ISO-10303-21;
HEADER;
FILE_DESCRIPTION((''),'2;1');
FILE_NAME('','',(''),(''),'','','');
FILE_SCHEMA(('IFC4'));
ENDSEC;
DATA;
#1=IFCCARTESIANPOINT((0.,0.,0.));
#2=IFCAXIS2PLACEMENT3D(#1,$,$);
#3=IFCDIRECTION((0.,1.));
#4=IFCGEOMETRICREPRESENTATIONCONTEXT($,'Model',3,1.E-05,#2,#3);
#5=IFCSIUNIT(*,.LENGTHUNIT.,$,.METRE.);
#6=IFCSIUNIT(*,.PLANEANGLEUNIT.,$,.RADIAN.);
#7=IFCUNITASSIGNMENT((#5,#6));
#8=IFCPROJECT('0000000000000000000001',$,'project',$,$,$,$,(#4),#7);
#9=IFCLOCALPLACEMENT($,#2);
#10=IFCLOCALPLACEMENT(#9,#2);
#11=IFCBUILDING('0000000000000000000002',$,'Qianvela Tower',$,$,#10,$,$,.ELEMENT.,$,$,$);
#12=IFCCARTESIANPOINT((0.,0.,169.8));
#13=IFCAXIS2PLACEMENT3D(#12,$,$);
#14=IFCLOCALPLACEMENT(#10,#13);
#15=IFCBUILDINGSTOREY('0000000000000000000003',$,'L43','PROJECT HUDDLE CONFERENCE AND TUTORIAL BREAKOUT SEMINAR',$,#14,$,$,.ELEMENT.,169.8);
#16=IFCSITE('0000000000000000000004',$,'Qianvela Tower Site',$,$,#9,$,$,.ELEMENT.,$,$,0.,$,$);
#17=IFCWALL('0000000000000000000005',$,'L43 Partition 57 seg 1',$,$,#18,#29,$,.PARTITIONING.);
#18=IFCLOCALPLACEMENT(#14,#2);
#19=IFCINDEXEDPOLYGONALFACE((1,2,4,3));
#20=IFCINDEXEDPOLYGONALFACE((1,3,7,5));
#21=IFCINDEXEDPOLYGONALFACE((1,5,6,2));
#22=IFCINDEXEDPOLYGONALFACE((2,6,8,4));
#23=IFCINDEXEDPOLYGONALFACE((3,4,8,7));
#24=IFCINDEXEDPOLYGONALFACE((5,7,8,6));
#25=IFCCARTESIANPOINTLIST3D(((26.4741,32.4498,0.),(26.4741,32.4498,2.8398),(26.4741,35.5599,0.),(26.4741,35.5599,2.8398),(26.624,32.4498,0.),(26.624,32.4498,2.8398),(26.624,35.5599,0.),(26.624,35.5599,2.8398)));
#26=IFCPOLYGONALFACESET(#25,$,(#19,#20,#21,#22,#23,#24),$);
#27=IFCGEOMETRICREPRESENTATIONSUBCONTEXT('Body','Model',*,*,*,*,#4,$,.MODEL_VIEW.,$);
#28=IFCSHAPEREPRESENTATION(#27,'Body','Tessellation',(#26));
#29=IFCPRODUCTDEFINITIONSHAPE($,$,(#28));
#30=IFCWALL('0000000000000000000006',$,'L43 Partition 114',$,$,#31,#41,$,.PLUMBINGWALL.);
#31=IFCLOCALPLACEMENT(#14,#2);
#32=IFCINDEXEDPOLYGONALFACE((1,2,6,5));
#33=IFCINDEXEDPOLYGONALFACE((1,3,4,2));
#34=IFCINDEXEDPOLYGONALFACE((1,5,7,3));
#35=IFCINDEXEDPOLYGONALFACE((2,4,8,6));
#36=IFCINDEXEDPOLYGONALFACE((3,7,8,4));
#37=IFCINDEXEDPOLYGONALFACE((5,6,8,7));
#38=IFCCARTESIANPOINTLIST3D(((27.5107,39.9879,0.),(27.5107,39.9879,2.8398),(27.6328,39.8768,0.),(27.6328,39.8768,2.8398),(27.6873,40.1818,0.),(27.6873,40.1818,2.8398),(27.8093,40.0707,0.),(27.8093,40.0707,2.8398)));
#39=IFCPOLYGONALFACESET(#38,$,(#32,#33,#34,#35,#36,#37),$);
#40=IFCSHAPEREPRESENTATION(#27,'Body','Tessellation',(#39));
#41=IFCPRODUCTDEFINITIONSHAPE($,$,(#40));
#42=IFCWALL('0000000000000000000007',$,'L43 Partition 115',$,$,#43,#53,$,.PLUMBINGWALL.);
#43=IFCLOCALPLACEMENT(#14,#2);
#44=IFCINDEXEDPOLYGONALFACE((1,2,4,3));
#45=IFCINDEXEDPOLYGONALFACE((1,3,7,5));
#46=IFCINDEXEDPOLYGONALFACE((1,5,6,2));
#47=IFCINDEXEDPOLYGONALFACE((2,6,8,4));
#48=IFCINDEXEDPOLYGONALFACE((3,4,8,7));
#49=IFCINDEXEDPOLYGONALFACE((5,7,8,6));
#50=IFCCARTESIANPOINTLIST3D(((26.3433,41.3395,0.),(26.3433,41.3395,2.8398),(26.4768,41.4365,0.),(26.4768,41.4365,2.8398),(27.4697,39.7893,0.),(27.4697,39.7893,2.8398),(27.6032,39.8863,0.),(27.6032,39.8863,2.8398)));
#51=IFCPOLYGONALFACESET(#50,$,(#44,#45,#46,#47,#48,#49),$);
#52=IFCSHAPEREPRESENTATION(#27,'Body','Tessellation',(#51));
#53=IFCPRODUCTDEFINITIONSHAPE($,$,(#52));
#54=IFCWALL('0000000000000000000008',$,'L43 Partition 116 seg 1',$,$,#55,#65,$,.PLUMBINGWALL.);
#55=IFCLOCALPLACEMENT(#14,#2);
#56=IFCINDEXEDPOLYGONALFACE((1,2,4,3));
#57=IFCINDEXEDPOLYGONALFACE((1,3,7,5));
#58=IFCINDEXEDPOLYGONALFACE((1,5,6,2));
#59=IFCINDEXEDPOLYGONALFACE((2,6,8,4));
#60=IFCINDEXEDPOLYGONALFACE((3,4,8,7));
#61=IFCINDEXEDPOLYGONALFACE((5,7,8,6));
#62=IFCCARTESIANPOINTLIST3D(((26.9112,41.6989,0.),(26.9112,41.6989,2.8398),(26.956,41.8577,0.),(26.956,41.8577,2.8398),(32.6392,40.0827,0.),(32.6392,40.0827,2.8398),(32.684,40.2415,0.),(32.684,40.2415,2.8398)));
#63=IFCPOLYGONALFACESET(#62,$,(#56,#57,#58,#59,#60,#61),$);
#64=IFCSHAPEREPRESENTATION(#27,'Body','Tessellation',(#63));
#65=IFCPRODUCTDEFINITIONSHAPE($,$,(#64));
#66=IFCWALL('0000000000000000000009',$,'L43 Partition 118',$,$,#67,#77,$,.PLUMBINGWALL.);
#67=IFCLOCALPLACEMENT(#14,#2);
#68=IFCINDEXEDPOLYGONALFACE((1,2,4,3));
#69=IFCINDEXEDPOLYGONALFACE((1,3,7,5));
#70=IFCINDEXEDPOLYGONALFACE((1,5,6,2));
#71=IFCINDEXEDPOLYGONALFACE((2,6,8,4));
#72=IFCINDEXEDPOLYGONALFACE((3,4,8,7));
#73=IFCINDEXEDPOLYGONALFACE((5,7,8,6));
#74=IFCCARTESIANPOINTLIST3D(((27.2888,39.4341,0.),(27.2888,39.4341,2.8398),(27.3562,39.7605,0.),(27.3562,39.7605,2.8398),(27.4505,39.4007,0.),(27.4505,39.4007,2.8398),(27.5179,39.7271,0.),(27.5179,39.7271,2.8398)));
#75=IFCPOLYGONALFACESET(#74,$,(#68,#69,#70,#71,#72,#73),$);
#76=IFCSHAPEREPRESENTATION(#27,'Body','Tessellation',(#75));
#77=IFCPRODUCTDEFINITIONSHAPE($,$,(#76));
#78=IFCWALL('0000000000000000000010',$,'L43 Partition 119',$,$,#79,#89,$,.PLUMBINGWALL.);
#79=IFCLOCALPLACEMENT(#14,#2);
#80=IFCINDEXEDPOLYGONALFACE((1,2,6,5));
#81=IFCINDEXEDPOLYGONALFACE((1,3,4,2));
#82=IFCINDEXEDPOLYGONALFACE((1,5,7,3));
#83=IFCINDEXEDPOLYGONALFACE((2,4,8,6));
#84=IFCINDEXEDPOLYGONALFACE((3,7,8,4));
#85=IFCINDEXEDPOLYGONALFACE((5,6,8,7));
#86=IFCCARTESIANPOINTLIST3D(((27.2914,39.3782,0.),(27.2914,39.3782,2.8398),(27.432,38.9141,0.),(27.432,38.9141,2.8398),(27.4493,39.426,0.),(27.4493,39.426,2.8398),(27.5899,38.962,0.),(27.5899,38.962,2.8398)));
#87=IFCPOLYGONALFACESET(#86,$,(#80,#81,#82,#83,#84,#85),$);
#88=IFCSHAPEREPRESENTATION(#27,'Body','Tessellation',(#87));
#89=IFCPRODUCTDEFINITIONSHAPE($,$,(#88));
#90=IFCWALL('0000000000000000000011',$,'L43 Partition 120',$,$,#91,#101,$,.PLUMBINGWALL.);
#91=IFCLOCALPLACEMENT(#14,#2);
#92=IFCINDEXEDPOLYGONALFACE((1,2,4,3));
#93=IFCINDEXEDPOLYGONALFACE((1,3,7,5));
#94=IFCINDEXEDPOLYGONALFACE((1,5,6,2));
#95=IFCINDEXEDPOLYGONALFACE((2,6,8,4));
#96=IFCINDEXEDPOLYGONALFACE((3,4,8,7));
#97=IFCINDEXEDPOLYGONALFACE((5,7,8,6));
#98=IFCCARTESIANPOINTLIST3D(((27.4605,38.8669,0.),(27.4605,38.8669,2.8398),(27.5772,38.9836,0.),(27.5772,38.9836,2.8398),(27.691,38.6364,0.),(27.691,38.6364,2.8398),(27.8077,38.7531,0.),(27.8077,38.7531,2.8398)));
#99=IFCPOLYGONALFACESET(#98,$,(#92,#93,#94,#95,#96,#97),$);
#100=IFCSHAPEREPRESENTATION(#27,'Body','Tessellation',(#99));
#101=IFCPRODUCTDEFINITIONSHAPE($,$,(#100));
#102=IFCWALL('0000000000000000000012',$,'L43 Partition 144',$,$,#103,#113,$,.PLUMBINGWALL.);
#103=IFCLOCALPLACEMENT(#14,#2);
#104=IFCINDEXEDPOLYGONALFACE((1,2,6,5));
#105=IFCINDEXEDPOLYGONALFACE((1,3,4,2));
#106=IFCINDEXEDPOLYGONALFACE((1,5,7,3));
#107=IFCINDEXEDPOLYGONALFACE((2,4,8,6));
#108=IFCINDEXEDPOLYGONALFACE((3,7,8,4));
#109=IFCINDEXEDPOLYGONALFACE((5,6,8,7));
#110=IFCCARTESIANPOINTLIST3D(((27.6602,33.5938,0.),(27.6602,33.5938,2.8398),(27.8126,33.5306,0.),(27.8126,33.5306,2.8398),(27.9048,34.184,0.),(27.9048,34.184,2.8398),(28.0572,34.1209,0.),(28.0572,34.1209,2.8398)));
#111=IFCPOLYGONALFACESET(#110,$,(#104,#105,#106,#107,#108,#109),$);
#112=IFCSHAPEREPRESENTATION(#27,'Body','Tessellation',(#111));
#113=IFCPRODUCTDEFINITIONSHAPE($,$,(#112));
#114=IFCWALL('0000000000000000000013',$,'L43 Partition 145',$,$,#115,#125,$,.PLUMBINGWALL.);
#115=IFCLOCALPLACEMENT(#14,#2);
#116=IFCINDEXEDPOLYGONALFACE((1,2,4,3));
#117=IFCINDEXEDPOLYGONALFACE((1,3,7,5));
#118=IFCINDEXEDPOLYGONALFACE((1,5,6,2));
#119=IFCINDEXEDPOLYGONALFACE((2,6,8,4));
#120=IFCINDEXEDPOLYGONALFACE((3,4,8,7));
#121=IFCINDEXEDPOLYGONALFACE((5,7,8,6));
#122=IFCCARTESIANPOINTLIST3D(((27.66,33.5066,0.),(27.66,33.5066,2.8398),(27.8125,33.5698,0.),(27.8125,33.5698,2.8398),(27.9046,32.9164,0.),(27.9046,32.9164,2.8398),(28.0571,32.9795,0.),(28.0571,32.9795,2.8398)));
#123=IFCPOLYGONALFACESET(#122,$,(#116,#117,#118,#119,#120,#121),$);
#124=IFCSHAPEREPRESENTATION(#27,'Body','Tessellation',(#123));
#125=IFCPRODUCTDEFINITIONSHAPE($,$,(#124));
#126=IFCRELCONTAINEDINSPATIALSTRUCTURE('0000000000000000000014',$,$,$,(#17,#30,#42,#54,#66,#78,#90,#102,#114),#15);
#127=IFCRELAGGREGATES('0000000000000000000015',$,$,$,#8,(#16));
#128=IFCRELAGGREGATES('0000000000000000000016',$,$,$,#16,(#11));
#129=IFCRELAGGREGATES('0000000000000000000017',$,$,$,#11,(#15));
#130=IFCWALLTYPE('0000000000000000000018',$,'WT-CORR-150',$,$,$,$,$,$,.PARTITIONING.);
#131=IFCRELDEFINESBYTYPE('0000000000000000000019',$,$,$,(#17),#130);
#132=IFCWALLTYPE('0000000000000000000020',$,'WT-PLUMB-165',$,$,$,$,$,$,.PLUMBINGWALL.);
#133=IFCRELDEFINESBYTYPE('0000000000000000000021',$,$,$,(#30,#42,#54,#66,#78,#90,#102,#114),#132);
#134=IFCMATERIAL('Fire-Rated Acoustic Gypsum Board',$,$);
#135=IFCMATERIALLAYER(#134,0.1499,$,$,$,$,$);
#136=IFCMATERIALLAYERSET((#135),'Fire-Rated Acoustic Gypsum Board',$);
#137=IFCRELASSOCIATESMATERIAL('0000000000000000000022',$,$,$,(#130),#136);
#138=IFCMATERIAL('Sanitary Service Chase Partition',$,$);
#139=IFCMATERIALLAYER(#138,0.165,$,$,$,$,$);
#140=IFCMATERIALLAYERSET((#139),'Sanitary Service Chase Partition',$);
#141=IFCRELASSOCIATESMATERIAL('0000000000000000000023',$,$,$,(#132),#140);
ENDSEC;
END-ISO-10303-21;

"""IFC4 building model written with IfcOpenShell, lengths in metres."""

from ifc_helpers import new_model, si_unit, direction, frame, frame_2d, origin, place, context, subcontext, project, spatial, rectangle, extrude, material, layer, layer_set, type_object, element, save


model = new_model("IFC4")

# Units and contexts
model_context = context("Model", 3, precision=1e-05, world=origin(), true_north=direction((0.0, 1.0)))
body_context = subcontext(model_context, "Body", "Model", "MODEL_VIEW")
ifc_project = project(units=[si_unit("LENGTHUNIT", "METRE"), si_unit("PLANEANGLEUNIT", "RADIAN")], contexts=[model_context])

# Site, building, storey
site_placement = place(None, origin())
site = spatial("IfcSite", under=ifc_project, at=site_placement, Name="Qianvela Tower Site", CompositionType="ELEMENT", RefElevation=0.0)
building_placement = place(site_placement, origin())
building = spatial("IfcBuilding", under=site, at=building_placement, Name="Qianvela Tower", CompositionType="ELEMENT")
storey_placement = place(building_placement, frame((0.0, 0.0, 169.8)))
storey = spatial("IfcBuildingStorey", under=building, at=storey_placement, Name="L43", Description="PROJECT HUDDLE CONFERENCE AND TUTORIAL BREAKOUT SEMINAR", CompositionType="ELEMENT", Elevation=169.8)

# Shared definitions
ifc_material_1 = material(Name="Fire-Rated Acoustic Gypsum Board")
ifc_layer_1 = layer(ifc_material_1, 0.1499)
ifc_layer_set_1 = layer_set([ifc_layer_1], Name="Fire-Rated Acoustic Gypsum Board")
wall_type_1 = type_object("IfcWallType", Name="WT-CORR-150", PredefinedType="PARTITIONING", material=ifc_layer_set_1)

# Walls
wall_1_placement = place(storey_placement, frame((26.5491, 35.5601, 0.0), z_axis=(0.0, 0.0, 1.0), x_axis=(0.0, -1.0, 0.0)))
element("IfcWall", 1, at=wall_1_placement, inside=storey, type_object=wall_type_1, Name="L43 Partition 57 seg 1", PredefinedType="PARTITIONING", context=body_context, shape_type="SweptSolid", body=[
    extrude(rectangle(XDim=3.1101, YDim=0.1499, at=frame_2d((1.5552, 0.0))), origin(), (0.0, 0.0, 1.0), 2.8398),
])
ifc_material_2 = material(Name="Sanitary Service Chase Partition")
ifc_layer_2 = layer(ifc_material_2, 0.165)
ifc_layer_set_2 = layer_set([ifc_layer_2], Name="Sanitary Service Chase Partition")
wall_type_2 = type_object("IfcWallType", Name="WT-PLUMB-165", PredefinedType="PLUMBINGWALL", material=ifc_layer_set_2)
wall_2_placement = place(storey_placement, frame((27.7483, 40.1262, 0.0), z_axis=(0.0, 0.0, 1.0), x_axis=(-0.673275, -0.739392, 0.0)))
element("IfcWall", 2, at=wall_2_placement, inside=storey, type_object=wall_type_2, Name="L43 Partition 114", PredefinedType="PLUMBINGWALL", context=body_context, shape_type="SweptSolid", body=[
    extrude(rectangle(XDim=0.2622, YDim=0.165, at=frame_2d((0.1311, 0.0))), origin(), (0.0, 0.0, 1.0), 2.8398),
])
wall_3_placement = place(storey_placement, frame((27.5364, 39.8379, 0.0), z_axis=(0.0, 0.0, 1.0), x_axis=(-0.587823, 0.808989, 0.0)))
element("IfcWall", 3, at=wall_3_placement, inside=storey, type_object=wall_type_2, Name="L43 Partition 115", PredefinedType="PLUMBINGWALL", context=body_context, shape_type="SweptSolid", body=[
    extrude(rectangle(XDim=1.9163, YDim=0.165, at=frame_2d((0.958, 0.0))), origin(), (0.0, 0.0, 1.0), 2.8398),
])
wall_4_placement = place(storey_placement, frame((26.9336, 41.7783, 0.0), z_axis=(0.0, 0.0, 1.0), x_axis=(0.962423, -0.271556, 0.0)))
element("IfcWall", 4, at=wall_4_placement, inside=storey, type_object=wall_type_2, Name="L43 Partition 116 seg 1", PredefinedType="PLUMBINGWALL", context=body_context, shape_type="SweptSolid", body=[
    extrude(rectangle(XDim=5.9517, YDim=0.165, at=frame_2d((2.9758, 0.0))), origin(), (0.0, 0.0, 1.0), 2.8398),
])
wall_5_placement = place(storey_placement, frame((27.437, 39.7437, 0.0), z_axis=(0.0, 0.0, 1.0), x_axis=(-0.20217, -0.979351, 0.0)))
element("IfcWall", 5, at=wall_5_placement, inside=storey, type_object=wall_type_2, Name="L43 Partition 118", PredefinedType="PLUMBINGWALL", context=body_context, shape_type="SweptSolid", body=[
    extrude(rectangle(XDim=0.3333, YDim=0.165, at=frame_2d((0.1665, 0.0))), origin(), (0.0, 0.0, 1.0), 2.8398),
])
wall_6_placement = place(storey_placement, frame((27.3704, 39.4021, 0.0), z_axis=(0.0, 0.0, 1.0), x_axis=(0.289979, -0.957033, 0.0)))
element("IfcWall", 6, at=wall_6_placement, inside=storey, type_object=wall_type_2, Name="L43 Partition 119", PredefinedType="PLUMBINGWALL", context=body_context, shape_type="SweptSolid", body=[
    extrude(rectangle(XDim=0.4849, YDim=0.165, at=frame_2d((0.2424, 0.0))), origin(), (0.0, 0.0, 1.0), 2.8398),
])
wall_7_placement = place(storey_placement, frame((27.5188, 38.9253, 0.0), z_axis=(0.0, 0.0, 1.0), x_axis=(0.707107, -0.707107, 0.0)))
element("IfcWall", 7, at=wall_7_placement, inside=storey, type_object=wall_type_2, Name="L43 Partition 120", PredefinedType="PLUMBINGWALL", context=body_context, shape_type="SweptSolid", body=[
    extrude(rectangle(XDim=0.3259, YDim=0.165, at=frame_2d((0.1631, 0.0))), origin(), (0.0, 0.0, 1.0), 2.8398),
])
for number, where, z_axis, x_axis, name in (
    (8, (27.981, 34.1523, 0.0), (0.0, 0.0, 1.0), (-0.382824, -0.923821, 0.0), "L43 Partition 144"),
    (9, (27.7363, 33.5381, 0.0), (0.0, 0.0, 1.0), (0.382824, -0.923821, 0.0), "L43 Partition 145"),
):
    element("IfcWall", number, at=place(storey_placement, frame(where, z_axis=z_axis, x_axis=x_axis)), inside=storey, type_object=wall_type_2, Name=name, PredefinedType="PLUMBINGWALL", context=body_context, shape_type="SweptSolid", body=[
        extrude(rectangle(XDim=0.6389, YDim=0.165, at=frame_2d((0.3193, 0.0))), origin(), (0.0, 0.0, 1.0), 2.8398),
    ])

save(model, "model.ifc")
